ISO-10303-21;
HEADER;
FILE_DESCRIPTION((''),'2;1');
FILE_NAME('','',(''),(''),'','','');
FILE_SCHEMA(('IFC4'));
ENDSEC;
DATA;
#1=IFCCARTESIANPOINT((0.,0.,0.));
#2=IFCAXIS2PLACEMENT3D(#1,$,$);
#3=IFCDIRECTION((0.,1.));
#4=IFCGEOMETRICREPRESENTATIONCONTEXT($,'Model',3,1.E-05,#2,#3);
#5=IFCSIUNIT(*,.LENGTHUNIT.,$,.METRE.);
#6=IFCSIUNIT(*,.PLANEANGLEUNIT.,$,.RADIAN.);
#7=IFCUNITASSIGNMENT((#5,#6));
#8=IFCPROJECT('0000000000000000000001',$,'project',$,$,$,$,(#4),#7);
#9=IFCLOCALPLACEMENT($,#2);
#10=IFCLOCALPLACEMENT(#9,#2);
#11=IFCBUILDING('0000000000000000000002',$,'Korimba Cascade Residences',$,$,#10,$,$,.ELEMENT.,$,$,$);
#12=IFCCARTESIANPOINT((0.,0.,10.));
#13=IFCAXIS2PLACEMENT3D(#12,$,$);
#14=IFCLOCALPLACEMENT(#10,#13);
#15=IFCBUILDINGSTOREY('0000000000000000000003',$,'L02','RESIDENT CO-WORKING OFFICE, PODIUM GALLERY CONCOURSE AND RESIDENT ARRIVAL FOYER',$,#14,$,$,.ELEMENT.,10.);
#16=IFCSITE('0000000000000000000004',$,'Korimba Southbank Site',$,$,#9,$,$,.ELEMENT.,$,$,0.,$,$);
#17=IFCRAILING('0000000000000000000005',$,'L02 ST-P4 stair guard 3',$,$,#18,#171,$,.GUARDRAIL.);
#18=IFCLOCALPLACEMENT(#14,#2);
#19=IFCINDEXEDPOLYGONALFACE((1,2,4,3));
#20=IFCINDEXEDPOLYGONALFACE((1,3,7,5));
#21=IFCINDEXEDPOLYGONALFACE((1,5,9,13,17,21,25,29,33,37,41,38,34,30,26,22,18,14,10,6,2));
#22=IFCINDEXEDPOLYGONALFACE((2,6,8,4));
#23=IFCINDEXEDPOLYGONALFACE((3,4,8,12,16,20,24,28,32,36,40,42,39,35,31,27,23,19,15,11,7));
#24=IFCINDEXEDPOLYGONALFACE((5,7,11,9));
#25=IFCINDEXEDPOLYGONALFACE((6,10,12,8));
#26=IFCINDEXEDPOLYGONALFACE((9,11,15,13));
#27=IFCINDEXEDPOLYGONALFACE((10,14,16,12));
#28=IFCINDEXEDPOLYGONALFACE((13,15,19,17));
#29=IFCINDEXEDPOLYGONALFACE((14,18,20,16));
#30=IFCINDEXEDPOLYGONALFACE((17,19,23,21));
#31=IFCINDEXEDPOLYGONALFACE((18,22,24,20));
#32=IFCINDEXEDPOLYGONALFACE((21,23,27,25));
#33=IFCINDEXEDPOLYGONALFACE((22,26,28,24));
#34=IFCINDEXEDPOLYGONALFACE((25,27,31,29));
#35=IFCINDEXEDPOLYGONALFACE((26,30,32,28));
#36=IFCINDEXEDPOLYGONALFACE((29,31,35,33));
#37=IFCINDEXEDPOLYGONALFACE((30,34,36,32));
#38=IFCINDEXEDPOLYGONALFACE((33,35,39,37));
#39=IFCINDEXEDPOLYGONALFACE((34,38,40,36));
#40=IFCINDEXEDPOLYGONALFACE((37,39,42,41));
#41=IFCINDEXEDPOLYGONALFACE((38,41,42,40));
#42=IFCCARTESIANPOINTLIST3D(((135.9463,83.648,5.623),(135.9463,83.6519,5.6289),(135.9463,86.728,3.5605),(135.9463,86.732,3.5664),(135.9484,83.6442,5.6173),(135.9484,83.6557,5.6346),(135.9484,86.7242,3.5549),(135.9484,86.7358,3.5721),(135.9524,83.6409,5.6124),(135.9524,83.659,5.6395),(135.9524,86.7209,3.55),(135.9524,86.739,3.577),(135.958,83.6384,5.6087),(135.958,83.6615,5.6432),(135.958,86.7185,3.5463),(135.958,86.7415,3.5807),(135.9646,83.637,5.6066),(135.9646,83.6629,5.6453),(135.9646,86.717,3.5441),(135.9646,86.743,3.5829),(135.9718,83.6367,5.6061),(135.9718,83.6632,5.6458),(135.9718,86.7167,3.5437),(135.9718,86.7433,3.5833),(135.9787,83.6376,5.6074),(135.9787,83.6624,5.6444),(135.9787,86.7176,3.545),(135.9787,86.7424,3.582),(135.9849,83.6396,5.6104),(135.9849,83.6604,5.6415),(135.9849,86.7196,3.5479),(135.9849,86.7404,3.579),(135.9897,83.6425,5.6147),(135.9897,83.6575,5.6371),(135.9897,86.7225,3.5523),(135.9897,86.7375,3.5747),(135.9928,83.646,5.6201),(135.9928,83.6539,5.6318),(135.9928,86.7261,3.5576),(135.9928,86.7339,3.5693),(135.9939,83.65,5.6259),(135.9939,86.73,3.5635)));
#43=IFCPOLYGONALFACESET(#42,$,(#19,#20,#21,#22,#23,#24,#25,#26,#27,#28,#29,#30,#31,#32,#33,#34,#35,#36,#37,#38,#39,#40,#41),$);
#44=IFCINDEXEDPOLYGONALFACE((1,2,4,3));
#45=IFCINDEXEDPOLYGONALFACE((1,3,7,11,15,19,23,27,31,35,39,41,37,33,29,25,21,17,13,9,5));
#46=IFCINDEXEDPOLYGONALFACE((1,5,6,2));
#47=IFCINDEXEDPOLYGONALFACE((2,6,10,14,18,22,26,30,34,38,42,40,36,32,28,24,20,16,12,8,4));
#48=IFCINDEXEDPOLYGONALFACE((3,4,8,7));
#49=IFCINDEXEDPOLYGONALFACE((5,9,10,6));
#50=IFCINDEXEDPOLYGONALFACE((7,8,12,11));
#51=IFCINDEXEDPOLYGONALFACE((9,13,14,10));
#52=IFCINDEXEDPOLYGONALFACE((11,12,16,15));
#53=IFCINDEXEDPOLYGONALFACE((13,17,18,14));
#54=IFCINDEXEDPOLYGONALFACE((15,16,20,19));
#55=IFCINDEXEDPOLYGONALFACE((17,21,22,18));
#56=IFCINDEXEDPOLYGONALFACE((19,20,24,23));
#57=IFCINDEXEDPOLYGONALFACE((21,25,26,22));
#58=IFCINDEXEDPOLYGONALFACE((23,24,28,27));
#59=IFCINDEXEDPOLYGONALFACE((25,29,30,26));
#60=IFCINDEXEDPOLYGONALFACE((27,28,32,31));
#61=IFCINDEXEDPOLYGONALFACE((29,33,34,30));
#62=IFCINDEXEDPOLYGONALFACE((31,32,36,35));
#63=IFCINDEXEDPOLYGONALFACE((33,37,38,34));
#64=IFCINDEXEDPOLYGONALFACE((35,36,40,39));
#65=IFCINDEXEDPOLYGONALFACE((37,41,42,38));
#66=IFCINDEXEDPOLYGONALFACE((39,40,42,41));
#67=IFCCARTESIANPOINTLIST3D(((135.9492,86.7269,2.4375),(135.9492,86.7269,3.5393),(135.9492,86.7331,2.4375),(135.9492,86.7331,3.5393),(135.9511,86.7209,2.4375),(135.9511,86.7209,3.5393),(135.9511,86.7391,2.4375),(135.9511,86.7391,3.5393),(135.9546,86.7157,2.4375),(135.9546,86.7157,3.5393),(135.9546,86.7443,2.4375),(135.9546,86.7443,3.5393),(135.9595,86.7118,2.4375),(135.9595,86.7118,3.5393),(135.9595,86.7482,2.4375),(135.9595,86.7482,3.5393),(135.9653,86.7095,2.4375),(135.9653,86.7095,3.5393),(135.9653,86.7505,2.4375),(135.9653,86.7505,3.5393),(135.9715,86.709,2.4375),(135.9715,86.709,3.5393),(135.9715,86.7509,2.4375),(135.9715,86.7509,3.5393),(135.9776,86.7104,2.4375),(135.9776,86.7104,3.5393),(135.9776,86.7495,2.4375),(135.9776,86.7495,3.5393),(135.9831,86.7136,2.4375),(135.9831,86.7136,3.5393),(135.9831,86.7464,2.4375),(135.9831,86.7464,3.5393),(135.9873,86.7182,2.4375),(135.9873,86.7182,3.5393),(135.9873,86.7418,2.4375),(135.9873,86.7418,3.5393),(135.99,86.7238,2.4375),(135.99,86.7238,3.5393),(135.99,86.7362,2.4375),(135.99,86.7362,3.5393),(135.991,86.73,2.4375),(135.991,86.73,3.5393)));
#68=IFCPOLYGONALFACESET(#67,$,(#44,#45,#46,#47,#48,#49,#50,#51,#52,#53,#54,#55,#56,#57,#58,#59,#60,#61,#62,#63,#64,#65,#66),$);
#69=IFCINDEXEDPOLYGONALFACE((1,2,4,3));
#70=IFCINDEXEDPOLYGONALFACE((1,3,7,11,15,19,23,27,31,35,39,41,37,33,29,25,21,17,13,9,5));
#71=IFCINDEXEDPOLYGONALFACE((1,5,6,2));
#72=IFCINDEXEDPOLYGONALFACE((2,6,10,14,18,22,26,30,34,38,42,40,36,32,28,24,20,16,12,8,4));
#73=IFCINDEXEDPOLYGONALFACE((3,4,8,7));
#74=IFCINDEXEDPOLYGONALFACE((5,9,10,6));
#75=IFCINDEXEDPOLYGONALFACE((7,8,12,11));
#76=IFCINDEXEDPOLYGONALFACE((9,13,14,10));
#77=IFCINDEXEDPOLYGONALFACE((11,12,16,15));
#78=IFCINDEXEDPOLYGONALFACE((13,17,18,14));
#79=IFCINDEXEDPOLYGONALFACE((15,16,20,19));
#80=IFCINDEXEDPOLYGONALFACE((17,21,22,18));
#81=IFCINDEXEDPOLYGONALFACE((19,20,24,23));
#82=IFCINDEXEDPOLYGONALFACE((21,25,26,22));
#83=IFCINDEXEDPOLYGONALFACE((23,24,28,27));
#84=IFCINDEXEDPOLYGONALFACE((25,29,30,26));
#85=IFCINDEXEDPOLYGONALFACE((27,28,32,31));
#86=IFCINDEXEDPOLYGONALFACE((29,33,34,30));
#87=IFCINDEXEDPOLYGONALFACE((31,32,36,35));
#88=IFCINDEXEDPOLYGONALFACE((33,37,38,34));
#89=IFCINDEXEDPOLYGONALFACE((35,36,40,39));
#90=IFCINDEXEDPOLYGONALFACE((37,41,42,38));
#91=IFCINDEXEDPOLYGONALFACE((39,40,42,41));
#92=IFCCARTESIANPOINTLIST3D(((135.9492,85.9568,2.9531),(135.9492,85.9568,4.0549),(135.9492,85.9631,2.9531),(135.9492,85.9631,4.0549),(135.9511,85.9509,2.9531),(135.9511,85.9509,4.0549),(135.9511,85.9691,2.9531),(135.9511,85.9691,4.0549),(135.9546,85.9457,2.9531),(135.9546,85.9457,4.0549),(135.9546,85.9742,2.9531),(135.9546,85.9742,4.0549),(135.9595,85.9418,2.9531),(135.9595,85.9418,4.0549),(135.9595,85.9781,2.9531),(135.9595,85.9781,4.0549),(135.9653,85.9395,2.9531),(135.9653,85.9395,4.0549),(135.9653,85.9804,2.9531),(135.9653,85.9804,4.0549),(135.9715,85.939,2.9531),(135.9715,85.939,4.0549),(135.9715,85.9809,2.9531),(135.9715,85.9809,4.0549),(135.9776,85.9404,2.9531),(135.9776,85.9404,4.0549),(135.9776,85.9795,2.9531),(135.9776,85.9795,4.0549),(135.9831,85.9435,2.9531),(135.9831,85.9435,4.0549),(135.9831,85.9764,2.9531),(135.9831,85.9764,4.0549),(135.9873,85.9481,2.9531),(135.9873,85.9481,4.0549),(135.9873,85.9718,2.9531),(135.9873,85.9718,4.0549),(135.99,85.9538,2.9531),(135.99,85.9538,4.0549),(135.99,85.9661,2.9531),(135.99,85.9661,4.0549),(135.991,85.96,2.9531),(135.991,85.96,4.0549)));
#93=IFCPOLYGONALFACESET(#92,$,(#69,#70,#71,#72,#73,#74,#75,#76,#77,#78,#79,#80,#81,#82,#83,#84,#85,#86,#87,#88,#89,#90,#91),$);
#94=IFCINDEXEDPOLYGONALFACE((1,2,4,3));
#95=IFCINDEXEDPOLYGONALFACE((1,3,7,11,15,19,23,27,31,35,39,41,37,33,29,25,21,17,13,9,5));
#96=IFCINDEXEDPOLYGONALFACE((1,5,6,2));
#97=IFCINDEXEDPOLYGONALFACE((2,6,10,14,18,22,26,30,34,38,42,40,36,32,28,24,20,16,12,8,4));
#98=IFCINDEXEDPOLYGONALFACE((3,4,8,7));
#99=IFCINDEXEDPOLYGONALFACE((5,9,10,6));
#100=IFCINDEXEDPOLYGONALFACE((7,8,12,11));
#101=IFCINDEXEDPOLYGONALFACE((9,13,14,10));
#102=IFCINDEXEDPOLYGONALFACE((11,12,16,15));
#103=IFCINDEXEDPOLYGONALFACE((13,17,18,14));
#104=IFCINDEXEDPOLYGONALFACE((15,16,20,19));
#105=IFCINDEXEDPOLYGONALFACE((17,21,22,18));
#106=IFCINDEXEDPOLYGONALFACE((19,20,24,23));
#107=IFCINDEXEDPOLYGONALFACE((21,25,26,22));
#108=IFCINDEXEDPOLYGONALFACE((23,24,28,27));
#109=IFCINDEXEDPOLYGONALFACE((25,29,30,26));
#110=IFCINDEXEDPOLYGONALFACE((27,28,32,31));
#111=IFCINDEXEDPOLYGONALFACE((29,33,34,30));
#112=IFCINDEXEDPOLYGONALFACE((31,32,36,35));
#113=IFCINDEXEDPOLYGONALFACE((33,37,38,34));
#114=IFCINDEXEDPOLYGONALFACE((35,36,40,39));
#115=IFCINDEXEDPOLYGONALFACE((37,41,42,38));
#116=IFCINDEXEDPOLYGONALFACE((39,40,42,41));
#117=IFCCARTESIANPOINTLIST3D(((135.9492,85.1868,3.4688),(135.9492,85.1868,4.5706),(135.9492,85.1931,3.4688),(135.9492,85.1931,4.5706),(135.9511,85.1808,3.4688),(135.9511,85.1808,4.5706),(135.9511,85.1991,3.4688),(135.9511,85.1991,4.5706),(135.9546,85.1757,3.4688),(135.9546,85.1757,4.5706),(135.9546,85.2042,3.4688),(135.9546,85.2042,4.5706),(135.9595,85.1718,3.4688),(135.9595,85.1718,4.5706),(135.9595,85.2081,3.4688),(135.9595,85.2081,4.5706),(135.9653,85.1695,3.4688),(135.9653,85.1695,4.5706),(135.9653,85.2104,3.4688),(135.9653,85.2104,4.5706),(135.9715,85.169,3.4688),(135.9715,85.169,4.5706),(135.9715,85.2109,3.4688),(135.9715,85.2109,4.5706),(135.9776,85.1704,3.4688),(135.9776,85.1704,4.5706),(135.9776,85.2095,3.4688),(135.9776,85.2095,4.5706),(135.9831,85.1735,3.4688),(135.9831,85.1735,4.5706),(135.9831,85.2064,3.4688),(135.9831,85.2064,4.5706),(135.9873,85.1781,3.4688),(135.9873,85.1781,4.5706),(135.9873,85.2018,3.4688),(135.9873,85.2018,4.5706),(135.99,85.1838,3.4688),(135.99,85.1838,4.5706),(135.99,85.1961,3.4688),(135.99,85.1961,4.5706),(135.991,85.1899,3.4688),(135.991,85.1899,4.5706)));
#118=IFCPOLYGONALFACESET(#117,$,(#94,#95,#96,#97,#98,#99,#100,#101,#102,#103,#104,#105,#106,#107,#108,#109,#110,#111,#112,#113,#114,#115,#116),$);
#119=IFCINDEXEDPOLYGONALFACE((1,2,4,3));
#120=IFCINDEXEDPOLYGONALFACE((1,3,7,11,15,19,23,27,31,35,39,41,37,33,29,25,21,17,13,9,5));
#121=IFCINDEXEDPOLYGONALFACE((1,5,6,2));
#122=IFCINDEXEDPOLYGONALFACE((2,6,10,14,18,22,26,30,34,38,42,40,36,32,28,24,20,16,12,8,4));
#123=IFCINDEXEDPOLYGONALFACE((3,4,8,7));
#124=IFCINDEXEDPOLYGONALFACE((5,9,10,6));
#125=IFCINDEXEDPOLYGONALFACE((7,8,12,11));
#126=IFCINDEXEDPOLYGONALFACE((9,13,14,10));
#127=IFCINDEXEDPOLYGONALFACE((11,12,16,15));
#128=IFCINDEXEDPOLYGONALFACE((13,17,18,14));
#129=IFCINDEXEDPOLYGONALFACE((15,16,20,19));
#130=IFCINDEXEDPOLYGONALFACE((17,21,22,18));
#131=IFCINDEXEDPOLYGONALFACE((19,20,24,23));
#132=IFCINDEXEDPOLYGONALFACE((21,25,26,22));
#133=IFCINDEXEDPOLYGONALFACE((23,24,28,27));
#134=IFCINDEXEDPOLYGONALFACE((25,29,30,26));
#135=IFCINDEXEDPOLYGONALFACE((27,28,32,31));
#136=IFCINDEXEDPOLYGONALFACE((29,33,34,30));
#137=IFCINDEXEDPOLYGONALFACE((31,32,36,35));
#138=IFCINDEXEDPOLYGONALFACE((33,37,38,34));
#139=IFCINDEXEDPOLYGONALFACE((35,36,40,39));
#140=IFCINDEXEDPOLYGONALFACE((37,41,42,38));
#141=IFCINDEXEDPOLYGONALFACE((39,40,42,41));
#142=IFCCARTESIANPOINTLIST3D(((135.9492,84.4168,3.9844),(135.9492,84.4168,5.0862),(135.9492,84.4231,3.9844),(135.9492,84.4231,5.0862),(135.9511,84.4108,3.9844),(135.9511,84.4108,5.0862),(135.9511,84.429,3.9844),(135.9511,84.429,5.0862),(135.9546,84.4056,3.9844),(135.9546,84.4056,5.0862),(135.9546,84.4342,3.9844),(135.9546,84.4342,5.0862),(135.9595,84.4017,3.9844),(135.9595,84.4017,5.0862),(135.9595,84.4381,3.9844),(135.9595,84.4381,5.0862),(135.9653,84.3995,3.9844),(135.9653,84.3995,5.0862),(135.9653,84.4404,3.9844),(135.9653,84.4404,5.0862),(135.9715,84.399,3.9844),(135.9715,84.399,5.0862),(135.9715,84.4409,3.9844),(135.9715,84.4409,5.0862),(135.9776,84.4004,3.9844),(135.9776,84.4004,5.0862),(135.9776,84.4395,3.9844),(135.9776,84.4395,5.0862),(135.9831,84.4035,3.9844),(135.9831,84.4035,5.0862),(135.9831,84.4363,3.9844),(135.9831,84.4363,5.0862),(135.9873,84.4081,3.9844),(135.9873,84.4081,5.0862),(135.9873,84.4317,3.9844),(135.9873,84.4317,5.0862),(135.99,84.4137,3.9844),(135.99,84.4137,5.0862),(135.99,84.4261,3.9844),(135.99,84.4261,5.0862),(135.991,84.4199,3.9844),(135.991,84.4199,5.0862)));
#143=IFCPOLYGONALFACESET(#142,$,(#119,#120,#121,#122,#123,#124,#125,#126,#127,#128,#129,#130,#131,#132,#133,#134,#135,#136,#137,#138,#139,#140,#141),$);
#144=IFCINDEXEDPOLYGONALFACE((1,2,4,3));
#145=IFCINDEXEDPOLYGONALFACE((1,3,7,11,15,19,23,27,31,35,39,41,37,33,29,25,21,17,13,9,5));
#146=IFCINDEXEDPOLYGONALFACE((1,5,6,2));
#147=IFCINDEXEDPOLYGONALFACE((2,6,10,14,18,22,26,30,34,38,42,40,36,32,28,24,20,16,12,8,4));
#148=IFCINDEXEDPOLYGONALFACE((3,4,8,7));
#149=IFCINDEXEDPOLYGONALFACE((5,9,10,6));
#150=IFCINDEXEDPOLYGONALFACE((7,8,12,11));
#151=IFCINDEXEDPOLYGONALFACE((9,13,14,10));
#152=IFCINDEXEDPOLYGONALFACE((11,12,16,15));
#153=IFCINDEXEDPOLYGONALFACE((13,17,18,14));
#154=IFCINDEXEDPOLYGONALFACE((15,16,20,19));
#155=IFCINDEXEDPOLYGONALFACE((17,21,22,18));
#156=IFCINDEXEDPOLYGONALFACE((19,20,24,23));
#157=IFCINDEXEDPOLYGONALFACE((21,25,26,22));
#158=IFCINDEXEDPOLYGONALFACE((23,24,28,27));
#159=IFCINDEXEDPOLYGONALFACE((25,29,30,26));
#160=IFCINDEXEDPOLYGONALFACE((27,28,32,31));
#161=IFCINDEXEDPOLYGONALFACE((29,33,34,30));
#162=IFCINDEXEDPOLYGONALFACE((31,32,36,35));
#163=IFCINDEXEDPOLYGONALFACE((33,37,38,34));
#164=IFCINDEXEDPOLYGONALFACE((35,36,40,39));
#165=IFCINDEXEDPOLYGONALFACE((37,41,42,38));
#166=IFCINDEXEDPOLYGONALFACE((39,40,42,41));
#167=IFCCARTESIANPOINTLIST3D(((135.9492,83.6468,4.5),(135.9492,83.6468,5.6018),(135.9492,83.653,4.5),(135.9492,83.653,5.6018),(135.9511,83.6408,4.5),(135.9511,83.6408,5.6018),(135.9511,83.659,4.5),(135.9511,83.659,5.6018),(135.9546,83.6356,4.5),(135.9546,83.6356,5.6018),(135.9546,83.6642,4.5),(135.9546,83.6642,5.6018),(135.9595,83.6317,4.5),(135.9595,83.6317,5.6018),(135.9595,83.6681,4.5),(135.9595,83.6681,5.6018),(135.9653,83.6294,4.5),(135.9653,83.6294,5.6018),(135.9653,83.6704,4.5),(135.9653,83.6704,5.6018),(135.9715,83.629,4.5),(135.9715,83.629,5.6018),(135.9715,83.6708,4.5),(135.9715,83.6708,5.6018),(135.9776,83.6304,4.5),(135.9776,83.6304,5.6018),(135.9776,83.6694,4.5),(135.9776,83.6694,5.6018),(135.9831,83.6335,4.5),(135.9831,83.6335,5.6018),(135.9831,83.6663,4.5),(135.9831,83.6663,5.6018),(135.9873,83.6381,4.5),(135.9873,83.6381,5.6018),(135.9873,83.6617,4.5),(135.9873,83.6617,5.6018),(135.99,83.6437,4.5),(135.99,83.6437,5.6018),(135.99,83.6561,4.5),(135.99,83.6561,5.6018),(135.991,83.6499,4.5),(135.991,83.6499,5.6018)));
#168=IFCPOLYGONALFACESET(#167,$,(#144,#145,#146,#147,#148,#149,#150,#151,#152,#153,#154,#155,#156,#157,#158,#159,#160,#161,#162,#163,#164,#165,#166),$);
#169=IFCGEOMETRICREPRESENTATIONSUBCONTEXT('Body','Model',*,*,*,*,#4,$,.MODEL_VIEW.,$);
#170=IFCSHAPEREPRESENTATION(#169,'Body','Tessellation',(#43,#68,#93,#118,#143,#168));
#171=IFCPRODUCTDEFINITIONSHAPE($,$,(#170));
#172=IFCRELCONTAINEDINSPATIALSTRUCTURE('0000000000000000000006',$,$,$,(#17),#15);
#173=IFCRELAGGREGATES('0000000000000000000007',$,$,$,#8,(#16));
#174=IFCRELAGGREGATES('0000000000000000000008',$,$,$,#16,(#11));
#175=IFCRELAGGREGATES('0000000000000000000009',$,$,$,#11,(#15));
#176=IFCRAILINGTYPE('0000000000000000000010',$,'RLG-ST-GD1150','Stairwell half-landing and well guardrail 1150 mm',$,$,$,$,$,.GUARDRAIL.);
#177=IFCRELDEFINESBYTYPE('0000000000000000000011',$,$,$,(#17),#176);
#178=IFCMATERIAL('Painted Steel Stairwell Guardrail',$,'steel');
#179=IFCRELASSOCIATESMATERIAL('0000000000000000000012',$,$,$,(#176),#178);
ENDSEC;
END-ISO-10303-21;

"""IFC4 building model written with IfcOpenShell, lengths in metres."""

from ifc_helpers import new_model, si_unit, direction, frame, origin, origin_2d, place, context, subcontext, project, spatial, circle, extrude, material, type_object, element, save


model = new_model("IFC4")

# Units and contexts
model_context = context("Model", 3, precision=1e-05, world=origin(), true_north=direction((0.0, 1.0)))
body_context = subcontext(model_context, "Body", "Model", "MODEL_VIEW")
ifc_project = project(units=[si_unit("LENGTHUNIT", "METRE"), si_unit("PLANEANGLEUNIT", "RADIAN")], contexts=[model_context])

# Site, building, storey
site_placement = place(None, origin())
site = spatial("IfcSite", under=ifc_project, at=site_placement, Name="Korimba Southbank Site", CompositionType="ELEMENT", RefElevation=0.0)
building_placement = place(site_placement, origin())
building = spatial("IfcBuilding", under=site, at=building_placement, Name="Korimba Cascade Residences", CompositionType="ELEMENT")
storey_placement = place(building_placement, frame((0.0, 0.0, 10.0)))
storey = spatial("IfcBuildingStorey", under=building, at=storey_placement, Name="L02", Description="RESIDENT CO-WORKING OFFICE, PODIUM GALLERY CONCOURSE AND RESIDENT ARRIVAL FOYER", CompositionType="ELEMENT", Elevation=10.0)

# Railing
ifc_material_1 = material(Name="Painted Steel Stairwell Guardrail", Category="steel")
railing_type_1 = type_object("IfcRailingType", Name="RLG-ST-GD1150", Description="Stairwell half-landing and well guardrail 1150 mm", PredefinedType="GUARDRAIL", material=ifc_material_1)
railing_1_placement = place(storey_placement, frame((135.97, 86.73, 2.4375)))
element("IfcRailing", 1, at=railing_1_placement, inside=storey, type_object=railing_type_1, Name="L02 ST-P4 stair guard 3", PredefinedType="GUARDRAIL", context=body_context, shape_type="SweptSolid", body=[
    extrude(circle(Radius=0.0239, at=origin_2d()), frame((0.0, 0.0, 1.126), z_axis=(0.0, -0.830914, 0.556401), x_axis=(1.0, 0.0, 0.0)), (0.0, 0.0, 1.0), 3.7068),
    extrude(circle(Radius=0.021, at=origin_2d()), origin(), (0.0, 0.0, 1.0), 1.1018),
    extrude(circle(Radius=0.021, at=origin_2d()), frame((0.0, -0.77, 0.5156)), (0.0, 0.0, 1.0), 1.1018),
    extrude(circle(Radius=0.021, at=origin_2d()), frame((0.0, -1.54, 1.0312)), (0.0, 0.0, 1.0), 1.1018),
    extrude(circle(Radius=0.021, at=origin_2d()), frame((0.0, -2.3101, 1.5469)), (0.0, 0.0, 1.0), 1.1018),
    extrude(circle(Radius=0.021, at=origin_2d()), frame((0.0, -3.0801, 2.0625)), (0.0, 0.0, 1.0), 1.1018),
])

save(model, "model.ifc")
